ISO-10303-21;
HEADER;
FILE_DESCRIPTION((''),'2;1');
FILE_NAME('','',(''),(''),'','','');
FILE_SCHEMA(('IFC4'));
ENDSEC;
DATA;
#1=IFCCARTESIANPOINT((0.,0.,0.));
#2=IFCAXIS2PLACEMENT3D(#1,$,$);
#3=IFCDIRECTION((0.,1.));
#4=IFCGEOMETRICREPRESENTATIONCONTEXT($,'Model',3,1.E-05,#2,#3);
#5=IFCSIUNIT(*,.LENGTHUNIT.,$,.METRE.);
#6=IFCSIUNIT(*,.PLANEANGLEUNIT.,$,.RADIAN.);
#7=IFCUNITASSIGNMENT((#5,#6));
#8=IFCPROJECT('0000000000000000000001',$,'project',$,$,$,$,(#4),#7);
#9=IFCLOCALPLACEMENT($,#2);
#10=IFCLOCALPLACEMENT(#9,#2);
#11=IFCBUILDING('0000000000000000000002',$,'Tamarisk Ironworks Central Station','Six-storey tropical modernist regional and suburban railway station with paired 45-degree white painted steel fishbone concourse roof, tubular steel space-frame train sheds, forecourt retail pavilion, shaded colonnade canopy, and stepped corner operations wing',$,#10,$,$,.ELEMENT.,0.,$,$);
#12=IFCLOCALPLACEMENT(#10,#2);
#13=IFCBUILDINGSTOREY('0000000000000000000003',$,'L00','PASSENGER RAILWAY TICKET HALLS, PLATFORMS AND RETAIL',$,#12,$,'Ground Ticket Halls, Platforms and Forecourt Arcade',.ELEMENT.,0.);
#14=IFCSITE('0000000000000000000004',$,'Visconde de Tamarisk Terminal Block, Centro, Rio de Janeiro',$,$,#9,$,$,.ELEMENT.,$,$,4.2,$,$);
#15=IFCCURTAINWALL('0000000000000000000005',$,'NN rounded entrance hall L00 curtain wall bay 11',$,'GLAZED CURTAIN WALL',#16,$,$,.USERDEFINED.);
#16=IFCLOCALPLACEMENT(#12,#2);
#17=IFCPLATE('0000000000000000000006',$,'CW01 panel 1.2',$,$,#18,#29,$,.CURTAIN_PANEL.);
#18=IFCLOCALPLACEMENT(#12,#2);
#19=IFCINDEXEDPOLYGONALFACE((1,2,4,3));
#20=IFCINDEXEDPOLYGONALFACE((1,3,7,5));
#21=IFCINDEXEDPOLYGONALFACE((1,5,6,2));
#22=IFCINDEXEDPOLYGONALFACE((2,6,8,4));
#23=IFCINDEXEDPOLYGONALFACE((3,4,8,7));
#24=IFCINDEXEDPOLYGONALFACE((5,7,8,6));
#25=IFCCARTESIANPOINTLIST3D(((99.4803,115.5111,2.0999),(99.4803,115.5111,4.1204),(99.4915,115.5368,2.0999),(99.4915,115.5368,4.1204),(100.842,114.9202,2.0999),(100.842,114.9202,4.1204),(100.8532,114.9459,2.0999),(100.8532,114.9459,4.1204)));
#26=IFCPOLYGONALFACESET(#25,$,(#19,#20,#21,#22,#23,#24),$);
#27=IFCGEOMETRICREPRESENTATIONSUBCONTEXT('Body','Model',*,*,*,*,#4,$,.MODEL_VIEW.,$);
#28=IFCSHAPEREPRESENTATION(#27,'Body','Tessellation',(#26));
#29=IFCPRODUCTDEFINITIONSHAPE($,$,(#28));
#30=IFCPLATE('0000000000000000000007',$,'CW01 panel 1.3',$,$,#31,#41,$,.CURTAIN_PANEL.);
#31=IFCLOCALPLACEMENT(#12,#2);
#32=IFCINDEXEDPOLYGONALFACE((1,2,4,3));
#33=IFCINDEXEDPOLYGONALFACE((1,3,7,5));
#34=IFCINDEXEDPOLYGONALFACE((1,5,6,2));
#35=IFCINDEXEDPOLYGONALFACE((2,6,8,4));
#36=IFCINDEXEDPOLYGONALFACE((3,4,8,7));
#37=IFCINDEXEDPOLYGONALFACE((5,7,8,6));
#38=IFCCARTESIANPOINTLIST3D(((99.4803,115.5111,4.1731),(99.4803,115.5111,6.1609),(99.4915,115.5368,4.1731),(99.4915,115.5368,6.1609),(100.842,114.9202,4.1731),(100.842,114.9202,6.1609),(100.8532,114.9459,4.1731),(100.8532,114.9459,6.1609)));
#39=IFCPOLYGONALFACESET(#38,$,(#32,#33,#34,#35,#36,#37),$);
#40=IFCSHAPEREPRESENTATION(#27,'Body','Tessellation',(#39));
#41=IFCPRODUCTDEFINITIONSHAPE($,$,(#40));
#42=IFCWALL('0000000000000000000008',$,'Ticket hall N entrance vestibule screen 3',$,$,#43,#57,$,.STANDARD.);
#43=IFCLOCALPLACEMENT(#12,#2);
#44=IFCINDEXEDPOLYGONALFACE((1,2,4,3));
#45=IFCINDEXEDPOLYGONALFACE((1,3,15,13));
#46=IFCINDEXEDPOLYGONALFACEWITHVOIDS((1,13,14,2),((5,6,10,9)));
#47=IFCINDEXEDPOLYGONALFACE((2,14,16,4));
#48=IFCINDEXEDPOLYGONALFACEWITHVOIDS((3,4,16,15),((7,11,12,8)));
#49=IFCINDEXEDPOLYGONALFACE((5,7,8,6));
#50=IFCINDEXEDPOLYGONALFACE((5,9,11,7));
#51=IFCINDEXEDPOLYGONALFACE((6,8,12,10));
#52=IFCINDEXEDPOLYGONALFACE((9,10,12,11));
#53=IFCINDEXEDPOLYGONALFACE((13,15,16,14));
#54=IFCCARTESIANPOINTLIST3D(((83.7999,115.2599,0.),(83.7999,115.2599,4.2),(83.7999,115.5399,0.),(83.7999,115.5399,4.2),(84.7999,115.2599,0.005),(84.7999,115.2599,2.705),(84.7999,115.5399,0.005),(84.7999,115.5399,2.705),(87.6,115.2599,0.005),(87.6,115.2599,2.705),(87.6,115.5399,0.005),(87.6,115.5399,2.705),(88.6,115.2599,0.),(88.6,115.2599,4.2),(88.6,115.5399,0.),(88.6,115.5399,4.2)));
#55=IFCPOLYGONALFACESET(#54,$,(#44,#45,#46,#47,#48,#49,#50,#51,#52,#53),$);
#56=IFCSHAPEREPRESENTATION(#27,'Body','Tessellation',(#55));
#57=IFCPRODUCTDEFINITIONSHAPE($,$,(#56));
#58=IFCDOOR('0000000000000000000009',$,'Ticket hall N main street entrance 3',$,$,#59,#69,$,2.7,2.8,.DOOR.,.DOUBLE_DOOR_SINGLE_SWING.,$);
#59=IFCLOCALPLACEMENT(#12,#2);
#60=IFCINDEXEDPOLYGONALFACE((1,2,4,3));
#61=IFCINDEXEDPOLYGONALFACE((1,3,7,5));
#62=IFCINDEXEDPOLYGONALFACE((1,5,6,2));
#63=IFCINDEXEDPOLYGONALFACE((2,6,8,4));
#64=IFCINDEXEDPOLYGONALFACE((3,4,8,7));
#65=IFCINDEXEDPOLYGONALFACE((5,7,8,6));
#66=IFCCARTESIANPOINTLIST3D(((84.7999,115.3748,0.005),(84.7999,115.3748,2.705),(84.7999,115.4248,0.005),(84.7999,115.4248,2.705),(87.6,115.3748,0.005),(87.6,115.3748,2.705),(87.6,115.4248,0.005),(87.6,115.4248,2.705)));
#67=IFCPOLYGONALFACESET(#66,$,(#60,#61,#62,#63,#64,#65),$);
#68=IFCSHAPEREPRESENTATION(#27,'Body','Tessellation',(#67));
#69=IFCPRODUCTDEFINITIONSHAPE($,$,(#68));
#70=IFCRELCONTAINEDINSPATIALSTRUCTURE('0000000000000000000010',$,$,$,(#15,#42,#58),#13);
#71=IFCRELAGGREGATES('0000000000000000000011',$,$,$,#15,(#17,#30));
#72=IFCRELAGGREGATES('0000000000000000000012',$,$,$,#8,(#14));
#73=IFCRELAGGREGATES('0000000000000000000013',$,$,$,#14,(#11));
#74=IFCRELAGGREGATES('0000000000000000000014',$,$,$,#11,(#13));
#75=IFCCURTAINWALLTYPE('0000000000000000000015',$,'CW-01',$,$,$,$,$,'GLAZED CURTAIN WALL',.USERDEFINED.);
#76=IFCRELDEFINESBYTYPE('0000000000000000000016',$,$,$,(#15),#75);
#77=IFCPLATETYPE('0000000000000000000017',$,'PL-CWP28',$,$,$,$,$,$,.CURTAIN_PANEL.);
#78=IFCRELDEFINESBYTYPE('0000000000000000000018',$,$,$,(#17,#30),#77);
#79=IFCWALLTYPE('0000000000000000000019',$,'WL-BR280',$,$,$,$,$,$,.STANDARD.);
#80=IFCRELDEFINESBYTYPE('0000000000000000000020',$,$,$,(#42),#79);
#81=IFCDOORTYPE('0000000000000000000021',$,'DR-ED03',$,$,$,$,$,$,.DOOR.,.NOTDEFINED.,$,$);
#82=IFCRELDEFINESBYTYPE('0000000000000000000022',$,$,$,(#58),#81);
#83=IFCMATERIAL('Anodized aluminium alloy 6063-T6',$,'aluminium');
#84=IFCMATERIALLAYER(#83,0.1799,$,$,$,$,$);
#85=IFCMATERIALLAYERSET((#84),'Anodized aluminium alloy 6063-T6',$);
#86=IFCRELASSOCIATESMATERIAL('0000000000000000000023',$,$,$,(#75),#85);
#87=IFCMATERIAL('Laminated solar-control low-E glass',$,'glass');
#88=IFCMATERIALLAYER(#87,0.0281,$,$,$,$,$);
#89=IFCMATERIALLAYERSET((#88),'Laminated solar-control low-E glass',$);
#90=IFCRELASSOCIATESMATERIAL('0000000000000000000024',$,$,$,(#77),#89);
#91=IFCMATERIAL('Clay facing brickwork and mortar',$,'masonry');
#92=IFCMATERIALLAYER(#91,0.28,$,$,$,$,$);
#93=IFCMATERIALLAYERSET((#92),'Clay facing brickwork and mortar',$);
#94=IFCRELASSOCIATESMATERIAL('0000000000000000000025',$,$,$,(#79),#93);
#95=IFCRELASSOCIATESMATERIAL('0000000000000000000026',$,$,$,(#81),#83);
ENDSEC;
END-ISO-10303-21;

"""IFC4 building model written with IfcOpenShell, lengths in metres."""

from ifc_helpers import new_model, si_unit, direction, frame, frame_2d, origin, origin_2d, place, context, subcontext, project, spatial, rectangle, extrude, material, layer, layer_set, type_object, element, fill, aggregate, save


model = new_model("IFC4")

# Units and contexts
model_context = context("Model", 3, precision=1e-05, world=origin(), true_north=direction((0.0, 1.0)))
body_context = subcontext(model_context, "Body", "Model", "MODEL_VIEW")
ifc_project = project(units=[si_unit("LENGTHUNIT", "METRE"), si_unit("PLANEANGLEUNIT", "RADIAN")], contexts=[model_context])

# Site, building, storey
site_placement = place(None, origin())
site = spatial("IfcSite", under=ifc_project, at=site_placement, Name="Visconde de Tamarisk Terminal Block, Centro, Rio de Janeiro", CompositionType="ELEMENT", RefElevation=4.2)
building_placement = place(site_placement, origin())
building = spatial("IfcBuilding", under=site, at=building_placement, Name="Tamarisk Ironworks Central Station", Description="Six-storey tropical modernist regional and suburban railway station with paired 45-degree white painted steel fishbone concourse roof, tubular steel space-frame train sheds, forecourt retail pavilion, shaded colonnade canopy, and stepped corner operations wing", CompositionType="ELEMENT", ElevationOfRefHeight=0.0)
storey_placement = place(building_placement, origin())
storey = spatial("IfcBuildingStorey", under=building, at=storey_placement, Name="L00", Description="PASSENGER RAILWAY TICKET HALLS, PLATFORMS AND RETAIL", LongName="Ground Ticket Halls, Platforms and Forecourt Arcade", CompositionType="ELEMENT", Elevation=0.0)

# Shared definitions
ifc_material_1 = material(Name="Anodized aluminium alloy 6063-T6", Category="aluminium")
ifc_layer_1 = layer(ifc_material_1, 0.1799)
ifc_layer_set_1 = layer_set([ifc_layer_1], Name="Anodized aluminium alloy 6063-T6")
curtain_wall_type = type_object("IfcCurtainWallType", Name="CW-01", ElementType="GLAZED CURTAIN WALL", PredefinedType="USERDEFINED", material=ifc_layer_set_1)

# Curtain wall, plates
curtain_wall_1_placement = place(storey_placement, origin())
curtain_wall_1 = element("IfcCurtainWall", 1, at=curtain_wall_1_placement, inside=storey, type_object=curtain_wall_type, Name="NN rounded entrance hall L00 curtain wall bay 11", ObjectType="GLAZED CURTAIN WALL", PredefinedType="USERDEFINED")
ifc_material_2 = material(Name="Laminated solar-control low-E glass", Category="glass")
ifc_layer_2 = layer(ifc_material_2, 0.0281)
ifc_layer_set_2 = layer_set([ifc_layer_2], Name="Laminated solar-control low-E glass")
plate_type = type_object("IfcPlateType", Name="PL-CWP28", PredefinedType="CURTAIN_PANEL", material=ifc_layer_set_2)
plate_1_placement = place(storey_placement, frame((100.1667, 115.2285, 2.0999), z_axis=(0.0, 0.0, 1.0), x_axis=(0.917352, -0.398077, 0.0)))
plate_1 = element("IfcPlate", 2, at=plate_1_placement, type_object=plate_type, Name="CW01 panel 1.2", PredefinedType="CURTAIN_PANEL", context=body_context, shape_type="SweptSolid", body=[
    extrude(rectangle(XDim=1.4844, YDim=0.0281, at=origin_2d()), origin(), (0.0, 0.0, 1.0), 2.0205),
])
plate_2_placement = place(storey_placement, frame((100.1667, 115.2285, 4.1731), z_axis=(0.0, 0.0, 1.0), x_axis=(0.917352, -0.398077, 0.0)))
plate_2 = element("IfcPlate", 3, at=plate_2_placement, type_object=plate_type, Name="CW01 panel 1.3", PredefinedType="CURTAIN_PANEL", context=body_context, shape_type="SweptSolid", body=[
    extrude(rectangle(XDim=1.4844, YDim=0.0281, at=origin_2d()), origin(), (0.0, 0.0, 1.0), 1.9878),
])
aggregate(curtain_wall_1, [plate_1, plate_2])

# Wall, opening, door
ifc_material_3 = material(Name="Clay facing brickwork and mortar", Category="masonry")
ifc_layer_3 = layer(ifc_material_3, 0.28)
ifc_layer_set_3 = layer_set([ifc_layer_3], Name="Clay facing brickwork and mortar")
wall_type = type_object("IfcWallType", Name="WL-BR280", PredefinedType="STANDARD", material=ifc_layer_set_3)
wall_placement = place(storey_placement, frame((83.8, 115.3999, 0.0), z_axis=(0.0, 0.0, 1.0), x_axis=(1.0, 0.0, 0.0)))
wall = element("IfcWall", 4, at=wall_placement, inside=storey, type_object=wall_type, Name="Ticket hall N entrance vestibule screen 3", PredefinedType="STANDARD", context=body_context, shape_type="SweptSolid", body=[
    extrude(rectangle(XDim=4.8, YDim=0.28, at=frame_2d((2.3999, 0.0))), origin(), (0.0, 0.0, 1.0), 4.2),
])
opening_placement = place(wall_placement, frame((1.0, 0.0, 0.0049)))
opening = element("IfcOpeningElement", 5, at=opening_placement, cuts=wall, PredefinedType="OPENING", context=body_context, shape_type="SweptSolid", body=[
    extrude(rectangle(XDim=2.8, YDim=2.7, at=frame_2d((1.3999, 1.3501))), frame((0.0, 0.1519, 0.0), z_axis=(0.0, -1.0, 0.0), x_axis=(1.0, 0.0, 0.0)), (0.0, 0.0, 1.0), 0.304),
])
door_type = type_object("IfcDoorType", Name="DR-ED03", OperationType="NOTDEFINED", PredefinedType="DOOR", material=ifc_material_1)
door_placement = place(opening_placement, origin())
door = element("IfcDoor", 6, at=door_placement, inside=storey, type_object=door_type, Name="Ticket hall N main street entrance 3", OperationType="DOUBLE_DOOR_SINGLE_SWING", OverallHeight=2.7, OverallWidth=2.8, PredefinedType="DOOR", context=body_context, shape_type="SweptSolid", body=[
    extrude(rectangle(XDim=2.8, YDim=2.7, at=frame_2d((1.3999, 1.3501))), frame((0.0, 0.0249, 0.0), z_axis=(0.0, -1.0, 0.0), x_axis=(1.0, 0.0, 0.0)), (0.0, 0.0, 1.0), 0.05),
])
fill(opening, door)

save(model, "model.ifc")
